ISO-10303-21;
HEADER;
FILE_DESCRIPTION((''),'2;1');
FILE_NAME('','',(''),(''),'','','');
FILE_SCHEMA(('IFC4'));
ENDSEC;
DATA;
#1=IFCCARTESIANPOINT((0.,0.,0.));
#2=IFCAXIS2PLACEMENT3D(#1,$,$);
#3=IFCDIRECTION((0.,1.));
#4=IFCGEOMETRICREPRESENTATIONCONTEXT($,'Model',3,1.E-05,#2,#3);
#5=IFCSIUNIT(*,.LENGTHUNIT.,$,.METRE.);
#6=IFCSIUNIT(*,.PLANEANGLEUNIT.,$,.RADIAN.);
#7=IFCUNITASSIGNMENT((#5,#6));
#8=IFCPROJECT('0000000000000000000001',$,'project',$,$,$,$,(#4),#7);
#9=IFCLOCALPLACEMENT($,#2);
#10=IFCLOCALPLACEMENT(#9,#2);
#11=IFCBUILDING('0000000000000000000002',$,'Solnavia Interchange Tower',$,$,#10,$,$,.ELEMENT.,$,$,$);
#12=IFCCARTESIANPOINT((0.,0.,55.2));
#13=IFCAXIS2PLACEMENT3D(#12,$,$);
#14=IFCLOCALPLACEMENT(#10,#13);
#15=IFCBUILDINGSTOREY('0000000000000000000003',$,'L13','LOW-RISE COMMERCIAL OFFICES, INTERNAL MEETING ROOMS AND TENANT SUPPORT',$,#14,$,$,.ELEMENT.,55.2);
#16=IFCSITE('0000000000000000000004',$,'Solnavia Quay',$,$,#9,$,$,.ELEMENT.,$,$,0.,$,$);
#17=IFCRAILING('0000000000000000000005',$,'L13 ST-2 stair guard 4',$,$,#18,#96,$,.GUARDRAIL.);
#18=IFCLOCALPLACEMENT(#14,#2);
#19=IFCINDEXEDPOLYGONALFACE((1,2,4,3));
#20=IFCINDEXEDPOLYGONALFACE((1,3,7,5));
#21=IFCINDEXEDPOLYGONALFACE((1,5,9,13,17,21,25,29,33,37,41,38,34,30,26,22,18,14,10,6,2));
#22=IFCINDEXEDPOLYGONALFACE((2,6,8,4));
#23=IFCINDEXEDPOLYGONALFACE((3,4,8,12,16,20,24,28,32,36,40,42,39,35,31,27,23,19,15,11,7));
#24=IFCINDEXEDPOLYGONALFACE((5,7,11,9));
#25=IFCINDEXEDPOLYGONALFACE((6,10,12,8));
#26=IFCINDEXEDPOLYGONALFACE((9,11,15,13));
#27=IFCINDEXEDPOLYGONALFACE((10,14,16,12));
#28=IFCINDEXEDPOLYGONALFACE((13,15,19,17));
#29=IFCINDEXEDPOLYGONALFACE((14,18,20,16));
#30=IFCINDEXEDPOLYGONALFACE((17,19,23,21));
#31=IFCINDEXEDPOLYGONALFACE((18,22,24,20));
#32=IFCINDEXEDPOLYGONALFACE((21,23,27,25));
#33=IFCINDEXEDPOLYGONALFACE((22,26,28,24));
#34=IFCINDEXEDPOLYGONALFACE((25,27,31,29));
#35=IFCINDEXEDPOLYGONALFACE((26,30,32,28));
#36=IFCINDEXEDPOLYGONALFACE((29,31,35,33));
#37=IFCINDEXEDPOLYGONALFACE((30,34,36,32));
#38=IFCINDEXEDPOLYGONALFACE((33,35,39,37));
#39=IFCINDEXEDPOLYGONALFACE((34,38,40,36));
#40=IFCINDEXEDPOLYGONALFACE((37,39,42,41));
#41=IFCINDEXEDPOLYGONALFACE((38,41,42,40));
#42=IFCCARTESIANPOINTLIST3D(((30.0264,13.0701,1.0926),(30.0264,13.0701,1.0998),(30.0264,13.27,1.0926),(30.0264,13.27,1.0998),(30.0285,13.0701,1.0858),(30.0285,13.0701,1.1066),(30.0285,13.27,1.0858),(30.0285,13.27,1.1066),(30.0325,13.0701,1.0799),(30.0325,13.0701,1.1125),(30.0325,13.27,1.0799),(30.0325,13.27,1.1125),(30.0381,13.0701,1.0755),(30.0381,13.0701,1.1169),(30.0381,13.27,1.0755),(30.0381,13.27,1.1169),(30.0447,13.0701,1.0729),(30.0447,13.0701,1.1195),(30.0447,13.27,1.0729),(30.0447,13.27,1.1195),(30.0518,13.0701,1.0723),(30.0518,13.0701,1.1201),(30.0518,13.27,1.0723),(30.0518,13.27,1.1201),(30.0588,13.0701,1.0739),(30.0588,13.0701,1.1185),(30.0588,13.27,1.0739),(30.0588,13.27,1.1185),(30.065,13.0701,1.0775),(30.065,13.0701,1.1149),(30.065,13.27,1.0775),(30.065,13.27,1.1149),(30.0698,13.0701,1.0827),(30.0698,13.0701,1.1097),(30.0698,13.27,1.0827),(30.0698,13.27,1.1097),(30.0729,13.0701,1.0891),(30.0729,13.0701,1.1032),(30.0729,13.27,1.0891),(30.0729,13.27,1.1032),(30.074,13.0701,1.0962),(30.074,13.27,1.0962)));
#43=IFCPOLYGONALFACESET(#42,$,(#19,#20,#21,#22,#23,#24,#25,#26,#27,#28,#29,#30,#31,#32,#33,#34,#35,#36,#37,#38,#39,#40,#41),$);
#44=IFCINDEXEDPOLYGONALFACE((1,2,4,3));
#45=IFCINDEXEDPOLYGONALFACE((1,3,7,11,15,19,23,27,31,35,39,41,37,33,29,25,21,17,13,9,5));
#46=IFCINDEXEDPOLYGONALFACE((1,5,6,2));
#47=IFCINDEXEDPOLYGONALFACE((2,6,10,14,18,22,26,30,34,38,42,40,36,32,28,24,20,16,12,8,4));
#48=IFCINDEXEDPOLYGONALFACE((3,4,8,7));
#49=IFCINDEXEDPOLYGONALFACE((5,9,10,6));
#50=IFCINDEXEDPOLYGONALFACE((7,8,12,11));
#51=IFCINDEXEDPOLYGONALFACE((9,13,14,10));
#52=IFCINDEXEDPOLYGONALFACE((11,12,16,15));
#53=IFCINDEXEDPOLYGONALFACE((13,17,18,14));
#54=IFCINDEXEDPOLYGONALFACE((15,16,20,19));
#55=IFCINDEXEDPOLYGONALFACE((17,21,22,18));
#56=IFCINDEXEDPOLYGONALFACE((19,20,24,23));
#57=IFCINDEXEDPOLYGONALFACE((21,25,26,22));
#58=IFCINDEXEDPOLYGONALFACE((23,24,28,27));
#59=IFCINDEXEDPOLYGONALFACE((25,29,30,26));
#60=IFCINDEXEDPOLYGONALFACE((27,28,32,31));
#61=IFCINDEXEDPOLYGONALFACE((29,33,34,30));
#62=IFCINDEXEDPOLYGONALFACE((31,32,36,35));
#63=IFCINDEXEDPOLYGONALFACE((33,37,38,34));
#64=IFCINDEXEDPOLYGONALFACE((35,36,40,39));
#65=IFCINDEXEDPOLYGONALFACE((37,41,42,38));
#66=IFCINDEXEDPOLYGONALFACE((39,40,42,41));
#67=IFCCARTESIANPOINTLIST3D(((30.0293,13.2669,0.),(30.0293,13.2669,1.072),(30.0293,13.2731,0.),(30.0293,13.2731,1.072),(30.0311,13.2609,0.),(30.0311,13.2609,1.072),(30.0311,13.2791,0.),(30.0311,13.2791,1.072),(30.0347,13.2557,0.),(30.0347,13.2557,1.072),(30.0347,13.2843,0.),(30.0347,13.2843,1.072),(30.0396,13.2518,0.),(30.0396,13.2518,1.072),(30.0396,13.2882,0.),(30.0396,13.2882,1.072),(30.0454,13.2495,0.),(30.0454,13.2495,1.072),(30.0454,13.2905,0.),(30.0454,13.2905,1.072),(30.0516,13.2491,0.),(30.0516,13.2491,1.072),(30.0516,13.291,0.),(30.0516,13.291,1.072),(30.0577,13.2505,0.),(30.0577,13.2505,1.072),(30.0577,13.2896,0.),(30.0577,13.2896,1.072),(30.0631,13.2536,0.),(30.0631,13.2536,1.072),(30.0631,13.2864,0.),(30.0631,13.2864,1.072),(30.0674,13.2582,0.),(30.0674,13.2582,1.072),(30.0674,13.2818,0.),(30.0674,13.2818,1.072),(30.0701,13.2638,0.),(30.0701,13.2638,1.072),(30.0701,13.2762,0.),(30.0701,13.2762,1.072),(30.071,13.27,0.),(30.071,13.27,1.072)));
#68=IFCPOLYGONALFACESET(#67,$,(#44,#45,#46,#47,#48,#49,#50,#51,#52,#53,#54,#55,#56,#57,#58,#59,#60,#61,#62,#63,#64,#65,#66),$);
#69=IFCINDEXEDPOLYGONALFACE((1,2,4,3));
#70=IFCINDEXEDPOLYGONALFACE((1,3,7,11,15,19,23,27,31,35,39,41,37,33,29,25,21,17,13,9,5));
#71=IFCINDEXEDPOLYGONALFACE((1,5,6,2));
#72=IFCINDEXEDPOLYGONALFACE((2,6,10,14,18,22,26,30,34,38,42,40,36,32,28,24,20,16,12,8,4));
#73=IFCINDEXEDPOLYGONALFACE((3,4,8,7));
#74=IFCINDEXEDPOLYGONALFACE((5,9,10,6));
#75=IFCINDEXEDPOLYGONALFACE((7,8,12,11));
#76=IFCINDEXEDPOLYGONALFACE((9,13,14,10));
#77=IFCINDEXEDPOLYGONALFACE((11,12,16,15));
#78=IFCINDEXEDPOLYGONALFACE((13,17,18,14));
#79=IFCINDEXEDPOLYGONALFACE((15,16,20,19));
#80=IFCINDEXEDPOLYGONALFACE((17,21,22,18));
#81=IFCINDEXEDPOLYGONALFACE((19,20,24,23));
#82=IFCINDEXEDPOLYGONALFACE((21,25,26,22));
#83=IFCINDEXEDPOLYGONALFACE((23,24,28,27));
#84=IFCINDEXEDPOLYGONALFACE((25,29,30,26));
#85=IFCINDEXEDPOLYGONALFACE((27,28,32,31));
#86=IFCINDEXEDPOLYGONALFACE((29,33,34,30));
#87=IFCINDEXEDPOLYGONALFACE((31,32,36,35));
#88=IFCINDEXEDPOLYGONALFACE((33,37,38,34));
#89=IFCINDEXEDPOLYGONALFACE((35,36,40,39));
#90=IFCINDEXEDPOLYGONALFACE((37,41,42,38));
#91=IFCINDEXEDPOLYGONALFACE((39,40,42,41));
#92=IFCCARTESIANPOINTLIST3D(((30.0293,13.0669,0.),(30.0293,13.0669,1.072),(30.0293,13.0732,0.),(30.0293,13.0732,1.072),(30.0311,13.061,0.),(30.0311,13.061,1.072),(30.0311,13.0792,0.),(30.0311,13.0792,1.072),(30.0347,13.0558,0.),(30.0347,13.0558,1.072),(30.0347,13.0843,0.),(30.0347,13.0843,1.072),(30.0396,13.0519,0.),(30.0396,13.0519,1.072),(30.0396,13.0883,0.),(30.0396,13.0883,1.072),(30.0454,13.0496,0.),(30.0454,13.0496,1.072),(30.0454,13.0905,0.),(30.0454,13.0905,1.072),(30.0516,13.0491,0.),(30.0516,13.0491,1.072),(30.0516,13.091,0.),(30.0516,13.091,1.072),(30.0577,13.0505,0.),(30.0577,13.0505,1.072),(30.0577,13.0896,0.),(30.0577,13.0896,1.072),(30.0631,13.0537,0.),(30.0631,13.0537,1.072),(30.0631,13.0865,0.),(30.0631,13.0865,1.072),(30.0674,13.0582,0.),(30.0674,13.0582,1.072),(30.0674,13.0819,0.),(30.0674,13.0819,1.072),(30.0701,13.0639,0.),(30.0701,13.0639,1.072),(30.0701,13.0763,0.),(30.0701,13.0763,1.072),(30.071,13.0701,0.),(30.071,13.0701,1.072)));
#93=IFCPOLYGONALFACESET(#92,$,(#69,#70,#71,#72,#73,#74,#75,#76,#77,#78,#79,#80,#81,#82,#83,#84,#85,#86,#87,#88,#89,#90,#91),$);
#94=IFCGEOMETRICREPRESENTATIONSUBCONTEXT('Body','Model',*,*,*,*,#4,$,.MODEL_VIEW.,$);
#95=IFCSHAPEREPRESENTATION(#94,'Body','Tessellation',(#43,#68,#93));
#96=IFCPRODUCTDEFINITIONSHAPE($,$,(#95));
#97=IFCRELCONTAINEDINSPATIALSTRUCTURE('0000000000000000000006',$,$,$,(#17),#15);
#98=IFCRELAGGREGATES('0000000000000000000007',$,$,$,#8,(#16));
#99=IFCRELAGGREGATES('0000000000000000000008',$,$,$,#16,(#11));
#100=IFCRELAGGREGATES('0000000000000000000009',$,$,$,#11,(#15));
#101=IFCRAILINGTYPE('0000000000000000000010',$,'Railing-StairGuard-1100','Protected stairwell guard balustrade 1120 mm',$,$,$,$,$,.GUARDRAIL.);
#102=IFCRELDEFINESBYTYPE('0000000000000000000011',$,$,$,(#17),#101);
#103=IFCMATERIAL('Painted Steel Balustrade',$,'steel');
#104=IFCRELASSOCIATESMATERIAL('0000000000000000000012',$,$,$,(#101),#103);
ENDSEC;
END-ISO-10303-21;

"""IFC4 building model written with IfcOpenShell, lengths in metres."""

from ifc_helpers import new_model, si_unit, direction, frame, origin, origin_2d, place, context, subcontext, project, spatial, circle, extrude, material, type_object, element, save


model = new_model("IFC4")

# Units and contexts
model_context = context("Model", 3, precision=1e-05, world=origin(), true_north=direction((0.0, 1.0)))
body_context = subcontext(model_context, "Body", "Model", "MODEL_VIEW")
ifc_project = project(units=[si_unit("LENGTHUNIT", "METRE"), si_unit("PLANEANGLEUNIT", "RADIAN")], contexts=[model_context])

# Site, building, storey
site_placement = place(None, origin())
site = spatial("IfcSite", under=ifc_project, at=site_placement, Name="Solnavia Quay", CompositionType="ELEMENT", RefElevation=0.0)
building_placement = place(site_placement, origin())
building = spatial("IfcBuilding", under=site, at=building_placement, Name="Solnavia Interchange Tower", CompositionType="ELEMENT")
storey_placement = place(building_placement, frame((0.0, 0.0, 55.2)))
storey = spatial("IfcBuildingStorey", under=building, at=storey_placement, Name="L13", Description="LOW-RISE COMMERCIAL OFFICES, INTERNAL MEETING ROOMS AND TENANT SUPPORT", CompositionType="ELEMENT", Elevation=55.2)

# Railing
ifc_material_1 = material(Name="Painted Steel Balustrade", Category="steel")
railing_type_1 = type_object("IfcRailingType", Name="Railing-StairGuard-1100", Description="Protected stairwell guard balustrade 1120 mm", PredefinedType="GUARDRAIL", material=ifc_material_1)
railing_1_placement = place(storey_placement, frame((30.05, 13.27, 0.0)))
element("IfcRailing", 1, at=railing_1_placement, inside=storey, type_object=railing_type_1, Name="L13 ST-2 stair guard 4", PredefinedType="GUARDRAIL", context=body_context, shape_type="SweptSolid", body=[
    extrude(circle(Radius=0.0239, at=origin_2d()), frame((0.0, 0.0, 1.0962), z_axis=(0.0, -1.0, 0.0), x_axis=(1.0, 0.0, 0.0)), (0.0, 0.0, 1.0), 0.2),
    extrude(circle(Radius=0.021, at=origin_2d()), origin(), (0.0, 0.0, 1.0), 1.072),
    extrude(circle(Radius=0.021, at=origin_2d()), frame((0.0, -0.2, 0.0)), (0.0, 0.0, 1.0), 1.072),
])

save(model, "model.ifc")
